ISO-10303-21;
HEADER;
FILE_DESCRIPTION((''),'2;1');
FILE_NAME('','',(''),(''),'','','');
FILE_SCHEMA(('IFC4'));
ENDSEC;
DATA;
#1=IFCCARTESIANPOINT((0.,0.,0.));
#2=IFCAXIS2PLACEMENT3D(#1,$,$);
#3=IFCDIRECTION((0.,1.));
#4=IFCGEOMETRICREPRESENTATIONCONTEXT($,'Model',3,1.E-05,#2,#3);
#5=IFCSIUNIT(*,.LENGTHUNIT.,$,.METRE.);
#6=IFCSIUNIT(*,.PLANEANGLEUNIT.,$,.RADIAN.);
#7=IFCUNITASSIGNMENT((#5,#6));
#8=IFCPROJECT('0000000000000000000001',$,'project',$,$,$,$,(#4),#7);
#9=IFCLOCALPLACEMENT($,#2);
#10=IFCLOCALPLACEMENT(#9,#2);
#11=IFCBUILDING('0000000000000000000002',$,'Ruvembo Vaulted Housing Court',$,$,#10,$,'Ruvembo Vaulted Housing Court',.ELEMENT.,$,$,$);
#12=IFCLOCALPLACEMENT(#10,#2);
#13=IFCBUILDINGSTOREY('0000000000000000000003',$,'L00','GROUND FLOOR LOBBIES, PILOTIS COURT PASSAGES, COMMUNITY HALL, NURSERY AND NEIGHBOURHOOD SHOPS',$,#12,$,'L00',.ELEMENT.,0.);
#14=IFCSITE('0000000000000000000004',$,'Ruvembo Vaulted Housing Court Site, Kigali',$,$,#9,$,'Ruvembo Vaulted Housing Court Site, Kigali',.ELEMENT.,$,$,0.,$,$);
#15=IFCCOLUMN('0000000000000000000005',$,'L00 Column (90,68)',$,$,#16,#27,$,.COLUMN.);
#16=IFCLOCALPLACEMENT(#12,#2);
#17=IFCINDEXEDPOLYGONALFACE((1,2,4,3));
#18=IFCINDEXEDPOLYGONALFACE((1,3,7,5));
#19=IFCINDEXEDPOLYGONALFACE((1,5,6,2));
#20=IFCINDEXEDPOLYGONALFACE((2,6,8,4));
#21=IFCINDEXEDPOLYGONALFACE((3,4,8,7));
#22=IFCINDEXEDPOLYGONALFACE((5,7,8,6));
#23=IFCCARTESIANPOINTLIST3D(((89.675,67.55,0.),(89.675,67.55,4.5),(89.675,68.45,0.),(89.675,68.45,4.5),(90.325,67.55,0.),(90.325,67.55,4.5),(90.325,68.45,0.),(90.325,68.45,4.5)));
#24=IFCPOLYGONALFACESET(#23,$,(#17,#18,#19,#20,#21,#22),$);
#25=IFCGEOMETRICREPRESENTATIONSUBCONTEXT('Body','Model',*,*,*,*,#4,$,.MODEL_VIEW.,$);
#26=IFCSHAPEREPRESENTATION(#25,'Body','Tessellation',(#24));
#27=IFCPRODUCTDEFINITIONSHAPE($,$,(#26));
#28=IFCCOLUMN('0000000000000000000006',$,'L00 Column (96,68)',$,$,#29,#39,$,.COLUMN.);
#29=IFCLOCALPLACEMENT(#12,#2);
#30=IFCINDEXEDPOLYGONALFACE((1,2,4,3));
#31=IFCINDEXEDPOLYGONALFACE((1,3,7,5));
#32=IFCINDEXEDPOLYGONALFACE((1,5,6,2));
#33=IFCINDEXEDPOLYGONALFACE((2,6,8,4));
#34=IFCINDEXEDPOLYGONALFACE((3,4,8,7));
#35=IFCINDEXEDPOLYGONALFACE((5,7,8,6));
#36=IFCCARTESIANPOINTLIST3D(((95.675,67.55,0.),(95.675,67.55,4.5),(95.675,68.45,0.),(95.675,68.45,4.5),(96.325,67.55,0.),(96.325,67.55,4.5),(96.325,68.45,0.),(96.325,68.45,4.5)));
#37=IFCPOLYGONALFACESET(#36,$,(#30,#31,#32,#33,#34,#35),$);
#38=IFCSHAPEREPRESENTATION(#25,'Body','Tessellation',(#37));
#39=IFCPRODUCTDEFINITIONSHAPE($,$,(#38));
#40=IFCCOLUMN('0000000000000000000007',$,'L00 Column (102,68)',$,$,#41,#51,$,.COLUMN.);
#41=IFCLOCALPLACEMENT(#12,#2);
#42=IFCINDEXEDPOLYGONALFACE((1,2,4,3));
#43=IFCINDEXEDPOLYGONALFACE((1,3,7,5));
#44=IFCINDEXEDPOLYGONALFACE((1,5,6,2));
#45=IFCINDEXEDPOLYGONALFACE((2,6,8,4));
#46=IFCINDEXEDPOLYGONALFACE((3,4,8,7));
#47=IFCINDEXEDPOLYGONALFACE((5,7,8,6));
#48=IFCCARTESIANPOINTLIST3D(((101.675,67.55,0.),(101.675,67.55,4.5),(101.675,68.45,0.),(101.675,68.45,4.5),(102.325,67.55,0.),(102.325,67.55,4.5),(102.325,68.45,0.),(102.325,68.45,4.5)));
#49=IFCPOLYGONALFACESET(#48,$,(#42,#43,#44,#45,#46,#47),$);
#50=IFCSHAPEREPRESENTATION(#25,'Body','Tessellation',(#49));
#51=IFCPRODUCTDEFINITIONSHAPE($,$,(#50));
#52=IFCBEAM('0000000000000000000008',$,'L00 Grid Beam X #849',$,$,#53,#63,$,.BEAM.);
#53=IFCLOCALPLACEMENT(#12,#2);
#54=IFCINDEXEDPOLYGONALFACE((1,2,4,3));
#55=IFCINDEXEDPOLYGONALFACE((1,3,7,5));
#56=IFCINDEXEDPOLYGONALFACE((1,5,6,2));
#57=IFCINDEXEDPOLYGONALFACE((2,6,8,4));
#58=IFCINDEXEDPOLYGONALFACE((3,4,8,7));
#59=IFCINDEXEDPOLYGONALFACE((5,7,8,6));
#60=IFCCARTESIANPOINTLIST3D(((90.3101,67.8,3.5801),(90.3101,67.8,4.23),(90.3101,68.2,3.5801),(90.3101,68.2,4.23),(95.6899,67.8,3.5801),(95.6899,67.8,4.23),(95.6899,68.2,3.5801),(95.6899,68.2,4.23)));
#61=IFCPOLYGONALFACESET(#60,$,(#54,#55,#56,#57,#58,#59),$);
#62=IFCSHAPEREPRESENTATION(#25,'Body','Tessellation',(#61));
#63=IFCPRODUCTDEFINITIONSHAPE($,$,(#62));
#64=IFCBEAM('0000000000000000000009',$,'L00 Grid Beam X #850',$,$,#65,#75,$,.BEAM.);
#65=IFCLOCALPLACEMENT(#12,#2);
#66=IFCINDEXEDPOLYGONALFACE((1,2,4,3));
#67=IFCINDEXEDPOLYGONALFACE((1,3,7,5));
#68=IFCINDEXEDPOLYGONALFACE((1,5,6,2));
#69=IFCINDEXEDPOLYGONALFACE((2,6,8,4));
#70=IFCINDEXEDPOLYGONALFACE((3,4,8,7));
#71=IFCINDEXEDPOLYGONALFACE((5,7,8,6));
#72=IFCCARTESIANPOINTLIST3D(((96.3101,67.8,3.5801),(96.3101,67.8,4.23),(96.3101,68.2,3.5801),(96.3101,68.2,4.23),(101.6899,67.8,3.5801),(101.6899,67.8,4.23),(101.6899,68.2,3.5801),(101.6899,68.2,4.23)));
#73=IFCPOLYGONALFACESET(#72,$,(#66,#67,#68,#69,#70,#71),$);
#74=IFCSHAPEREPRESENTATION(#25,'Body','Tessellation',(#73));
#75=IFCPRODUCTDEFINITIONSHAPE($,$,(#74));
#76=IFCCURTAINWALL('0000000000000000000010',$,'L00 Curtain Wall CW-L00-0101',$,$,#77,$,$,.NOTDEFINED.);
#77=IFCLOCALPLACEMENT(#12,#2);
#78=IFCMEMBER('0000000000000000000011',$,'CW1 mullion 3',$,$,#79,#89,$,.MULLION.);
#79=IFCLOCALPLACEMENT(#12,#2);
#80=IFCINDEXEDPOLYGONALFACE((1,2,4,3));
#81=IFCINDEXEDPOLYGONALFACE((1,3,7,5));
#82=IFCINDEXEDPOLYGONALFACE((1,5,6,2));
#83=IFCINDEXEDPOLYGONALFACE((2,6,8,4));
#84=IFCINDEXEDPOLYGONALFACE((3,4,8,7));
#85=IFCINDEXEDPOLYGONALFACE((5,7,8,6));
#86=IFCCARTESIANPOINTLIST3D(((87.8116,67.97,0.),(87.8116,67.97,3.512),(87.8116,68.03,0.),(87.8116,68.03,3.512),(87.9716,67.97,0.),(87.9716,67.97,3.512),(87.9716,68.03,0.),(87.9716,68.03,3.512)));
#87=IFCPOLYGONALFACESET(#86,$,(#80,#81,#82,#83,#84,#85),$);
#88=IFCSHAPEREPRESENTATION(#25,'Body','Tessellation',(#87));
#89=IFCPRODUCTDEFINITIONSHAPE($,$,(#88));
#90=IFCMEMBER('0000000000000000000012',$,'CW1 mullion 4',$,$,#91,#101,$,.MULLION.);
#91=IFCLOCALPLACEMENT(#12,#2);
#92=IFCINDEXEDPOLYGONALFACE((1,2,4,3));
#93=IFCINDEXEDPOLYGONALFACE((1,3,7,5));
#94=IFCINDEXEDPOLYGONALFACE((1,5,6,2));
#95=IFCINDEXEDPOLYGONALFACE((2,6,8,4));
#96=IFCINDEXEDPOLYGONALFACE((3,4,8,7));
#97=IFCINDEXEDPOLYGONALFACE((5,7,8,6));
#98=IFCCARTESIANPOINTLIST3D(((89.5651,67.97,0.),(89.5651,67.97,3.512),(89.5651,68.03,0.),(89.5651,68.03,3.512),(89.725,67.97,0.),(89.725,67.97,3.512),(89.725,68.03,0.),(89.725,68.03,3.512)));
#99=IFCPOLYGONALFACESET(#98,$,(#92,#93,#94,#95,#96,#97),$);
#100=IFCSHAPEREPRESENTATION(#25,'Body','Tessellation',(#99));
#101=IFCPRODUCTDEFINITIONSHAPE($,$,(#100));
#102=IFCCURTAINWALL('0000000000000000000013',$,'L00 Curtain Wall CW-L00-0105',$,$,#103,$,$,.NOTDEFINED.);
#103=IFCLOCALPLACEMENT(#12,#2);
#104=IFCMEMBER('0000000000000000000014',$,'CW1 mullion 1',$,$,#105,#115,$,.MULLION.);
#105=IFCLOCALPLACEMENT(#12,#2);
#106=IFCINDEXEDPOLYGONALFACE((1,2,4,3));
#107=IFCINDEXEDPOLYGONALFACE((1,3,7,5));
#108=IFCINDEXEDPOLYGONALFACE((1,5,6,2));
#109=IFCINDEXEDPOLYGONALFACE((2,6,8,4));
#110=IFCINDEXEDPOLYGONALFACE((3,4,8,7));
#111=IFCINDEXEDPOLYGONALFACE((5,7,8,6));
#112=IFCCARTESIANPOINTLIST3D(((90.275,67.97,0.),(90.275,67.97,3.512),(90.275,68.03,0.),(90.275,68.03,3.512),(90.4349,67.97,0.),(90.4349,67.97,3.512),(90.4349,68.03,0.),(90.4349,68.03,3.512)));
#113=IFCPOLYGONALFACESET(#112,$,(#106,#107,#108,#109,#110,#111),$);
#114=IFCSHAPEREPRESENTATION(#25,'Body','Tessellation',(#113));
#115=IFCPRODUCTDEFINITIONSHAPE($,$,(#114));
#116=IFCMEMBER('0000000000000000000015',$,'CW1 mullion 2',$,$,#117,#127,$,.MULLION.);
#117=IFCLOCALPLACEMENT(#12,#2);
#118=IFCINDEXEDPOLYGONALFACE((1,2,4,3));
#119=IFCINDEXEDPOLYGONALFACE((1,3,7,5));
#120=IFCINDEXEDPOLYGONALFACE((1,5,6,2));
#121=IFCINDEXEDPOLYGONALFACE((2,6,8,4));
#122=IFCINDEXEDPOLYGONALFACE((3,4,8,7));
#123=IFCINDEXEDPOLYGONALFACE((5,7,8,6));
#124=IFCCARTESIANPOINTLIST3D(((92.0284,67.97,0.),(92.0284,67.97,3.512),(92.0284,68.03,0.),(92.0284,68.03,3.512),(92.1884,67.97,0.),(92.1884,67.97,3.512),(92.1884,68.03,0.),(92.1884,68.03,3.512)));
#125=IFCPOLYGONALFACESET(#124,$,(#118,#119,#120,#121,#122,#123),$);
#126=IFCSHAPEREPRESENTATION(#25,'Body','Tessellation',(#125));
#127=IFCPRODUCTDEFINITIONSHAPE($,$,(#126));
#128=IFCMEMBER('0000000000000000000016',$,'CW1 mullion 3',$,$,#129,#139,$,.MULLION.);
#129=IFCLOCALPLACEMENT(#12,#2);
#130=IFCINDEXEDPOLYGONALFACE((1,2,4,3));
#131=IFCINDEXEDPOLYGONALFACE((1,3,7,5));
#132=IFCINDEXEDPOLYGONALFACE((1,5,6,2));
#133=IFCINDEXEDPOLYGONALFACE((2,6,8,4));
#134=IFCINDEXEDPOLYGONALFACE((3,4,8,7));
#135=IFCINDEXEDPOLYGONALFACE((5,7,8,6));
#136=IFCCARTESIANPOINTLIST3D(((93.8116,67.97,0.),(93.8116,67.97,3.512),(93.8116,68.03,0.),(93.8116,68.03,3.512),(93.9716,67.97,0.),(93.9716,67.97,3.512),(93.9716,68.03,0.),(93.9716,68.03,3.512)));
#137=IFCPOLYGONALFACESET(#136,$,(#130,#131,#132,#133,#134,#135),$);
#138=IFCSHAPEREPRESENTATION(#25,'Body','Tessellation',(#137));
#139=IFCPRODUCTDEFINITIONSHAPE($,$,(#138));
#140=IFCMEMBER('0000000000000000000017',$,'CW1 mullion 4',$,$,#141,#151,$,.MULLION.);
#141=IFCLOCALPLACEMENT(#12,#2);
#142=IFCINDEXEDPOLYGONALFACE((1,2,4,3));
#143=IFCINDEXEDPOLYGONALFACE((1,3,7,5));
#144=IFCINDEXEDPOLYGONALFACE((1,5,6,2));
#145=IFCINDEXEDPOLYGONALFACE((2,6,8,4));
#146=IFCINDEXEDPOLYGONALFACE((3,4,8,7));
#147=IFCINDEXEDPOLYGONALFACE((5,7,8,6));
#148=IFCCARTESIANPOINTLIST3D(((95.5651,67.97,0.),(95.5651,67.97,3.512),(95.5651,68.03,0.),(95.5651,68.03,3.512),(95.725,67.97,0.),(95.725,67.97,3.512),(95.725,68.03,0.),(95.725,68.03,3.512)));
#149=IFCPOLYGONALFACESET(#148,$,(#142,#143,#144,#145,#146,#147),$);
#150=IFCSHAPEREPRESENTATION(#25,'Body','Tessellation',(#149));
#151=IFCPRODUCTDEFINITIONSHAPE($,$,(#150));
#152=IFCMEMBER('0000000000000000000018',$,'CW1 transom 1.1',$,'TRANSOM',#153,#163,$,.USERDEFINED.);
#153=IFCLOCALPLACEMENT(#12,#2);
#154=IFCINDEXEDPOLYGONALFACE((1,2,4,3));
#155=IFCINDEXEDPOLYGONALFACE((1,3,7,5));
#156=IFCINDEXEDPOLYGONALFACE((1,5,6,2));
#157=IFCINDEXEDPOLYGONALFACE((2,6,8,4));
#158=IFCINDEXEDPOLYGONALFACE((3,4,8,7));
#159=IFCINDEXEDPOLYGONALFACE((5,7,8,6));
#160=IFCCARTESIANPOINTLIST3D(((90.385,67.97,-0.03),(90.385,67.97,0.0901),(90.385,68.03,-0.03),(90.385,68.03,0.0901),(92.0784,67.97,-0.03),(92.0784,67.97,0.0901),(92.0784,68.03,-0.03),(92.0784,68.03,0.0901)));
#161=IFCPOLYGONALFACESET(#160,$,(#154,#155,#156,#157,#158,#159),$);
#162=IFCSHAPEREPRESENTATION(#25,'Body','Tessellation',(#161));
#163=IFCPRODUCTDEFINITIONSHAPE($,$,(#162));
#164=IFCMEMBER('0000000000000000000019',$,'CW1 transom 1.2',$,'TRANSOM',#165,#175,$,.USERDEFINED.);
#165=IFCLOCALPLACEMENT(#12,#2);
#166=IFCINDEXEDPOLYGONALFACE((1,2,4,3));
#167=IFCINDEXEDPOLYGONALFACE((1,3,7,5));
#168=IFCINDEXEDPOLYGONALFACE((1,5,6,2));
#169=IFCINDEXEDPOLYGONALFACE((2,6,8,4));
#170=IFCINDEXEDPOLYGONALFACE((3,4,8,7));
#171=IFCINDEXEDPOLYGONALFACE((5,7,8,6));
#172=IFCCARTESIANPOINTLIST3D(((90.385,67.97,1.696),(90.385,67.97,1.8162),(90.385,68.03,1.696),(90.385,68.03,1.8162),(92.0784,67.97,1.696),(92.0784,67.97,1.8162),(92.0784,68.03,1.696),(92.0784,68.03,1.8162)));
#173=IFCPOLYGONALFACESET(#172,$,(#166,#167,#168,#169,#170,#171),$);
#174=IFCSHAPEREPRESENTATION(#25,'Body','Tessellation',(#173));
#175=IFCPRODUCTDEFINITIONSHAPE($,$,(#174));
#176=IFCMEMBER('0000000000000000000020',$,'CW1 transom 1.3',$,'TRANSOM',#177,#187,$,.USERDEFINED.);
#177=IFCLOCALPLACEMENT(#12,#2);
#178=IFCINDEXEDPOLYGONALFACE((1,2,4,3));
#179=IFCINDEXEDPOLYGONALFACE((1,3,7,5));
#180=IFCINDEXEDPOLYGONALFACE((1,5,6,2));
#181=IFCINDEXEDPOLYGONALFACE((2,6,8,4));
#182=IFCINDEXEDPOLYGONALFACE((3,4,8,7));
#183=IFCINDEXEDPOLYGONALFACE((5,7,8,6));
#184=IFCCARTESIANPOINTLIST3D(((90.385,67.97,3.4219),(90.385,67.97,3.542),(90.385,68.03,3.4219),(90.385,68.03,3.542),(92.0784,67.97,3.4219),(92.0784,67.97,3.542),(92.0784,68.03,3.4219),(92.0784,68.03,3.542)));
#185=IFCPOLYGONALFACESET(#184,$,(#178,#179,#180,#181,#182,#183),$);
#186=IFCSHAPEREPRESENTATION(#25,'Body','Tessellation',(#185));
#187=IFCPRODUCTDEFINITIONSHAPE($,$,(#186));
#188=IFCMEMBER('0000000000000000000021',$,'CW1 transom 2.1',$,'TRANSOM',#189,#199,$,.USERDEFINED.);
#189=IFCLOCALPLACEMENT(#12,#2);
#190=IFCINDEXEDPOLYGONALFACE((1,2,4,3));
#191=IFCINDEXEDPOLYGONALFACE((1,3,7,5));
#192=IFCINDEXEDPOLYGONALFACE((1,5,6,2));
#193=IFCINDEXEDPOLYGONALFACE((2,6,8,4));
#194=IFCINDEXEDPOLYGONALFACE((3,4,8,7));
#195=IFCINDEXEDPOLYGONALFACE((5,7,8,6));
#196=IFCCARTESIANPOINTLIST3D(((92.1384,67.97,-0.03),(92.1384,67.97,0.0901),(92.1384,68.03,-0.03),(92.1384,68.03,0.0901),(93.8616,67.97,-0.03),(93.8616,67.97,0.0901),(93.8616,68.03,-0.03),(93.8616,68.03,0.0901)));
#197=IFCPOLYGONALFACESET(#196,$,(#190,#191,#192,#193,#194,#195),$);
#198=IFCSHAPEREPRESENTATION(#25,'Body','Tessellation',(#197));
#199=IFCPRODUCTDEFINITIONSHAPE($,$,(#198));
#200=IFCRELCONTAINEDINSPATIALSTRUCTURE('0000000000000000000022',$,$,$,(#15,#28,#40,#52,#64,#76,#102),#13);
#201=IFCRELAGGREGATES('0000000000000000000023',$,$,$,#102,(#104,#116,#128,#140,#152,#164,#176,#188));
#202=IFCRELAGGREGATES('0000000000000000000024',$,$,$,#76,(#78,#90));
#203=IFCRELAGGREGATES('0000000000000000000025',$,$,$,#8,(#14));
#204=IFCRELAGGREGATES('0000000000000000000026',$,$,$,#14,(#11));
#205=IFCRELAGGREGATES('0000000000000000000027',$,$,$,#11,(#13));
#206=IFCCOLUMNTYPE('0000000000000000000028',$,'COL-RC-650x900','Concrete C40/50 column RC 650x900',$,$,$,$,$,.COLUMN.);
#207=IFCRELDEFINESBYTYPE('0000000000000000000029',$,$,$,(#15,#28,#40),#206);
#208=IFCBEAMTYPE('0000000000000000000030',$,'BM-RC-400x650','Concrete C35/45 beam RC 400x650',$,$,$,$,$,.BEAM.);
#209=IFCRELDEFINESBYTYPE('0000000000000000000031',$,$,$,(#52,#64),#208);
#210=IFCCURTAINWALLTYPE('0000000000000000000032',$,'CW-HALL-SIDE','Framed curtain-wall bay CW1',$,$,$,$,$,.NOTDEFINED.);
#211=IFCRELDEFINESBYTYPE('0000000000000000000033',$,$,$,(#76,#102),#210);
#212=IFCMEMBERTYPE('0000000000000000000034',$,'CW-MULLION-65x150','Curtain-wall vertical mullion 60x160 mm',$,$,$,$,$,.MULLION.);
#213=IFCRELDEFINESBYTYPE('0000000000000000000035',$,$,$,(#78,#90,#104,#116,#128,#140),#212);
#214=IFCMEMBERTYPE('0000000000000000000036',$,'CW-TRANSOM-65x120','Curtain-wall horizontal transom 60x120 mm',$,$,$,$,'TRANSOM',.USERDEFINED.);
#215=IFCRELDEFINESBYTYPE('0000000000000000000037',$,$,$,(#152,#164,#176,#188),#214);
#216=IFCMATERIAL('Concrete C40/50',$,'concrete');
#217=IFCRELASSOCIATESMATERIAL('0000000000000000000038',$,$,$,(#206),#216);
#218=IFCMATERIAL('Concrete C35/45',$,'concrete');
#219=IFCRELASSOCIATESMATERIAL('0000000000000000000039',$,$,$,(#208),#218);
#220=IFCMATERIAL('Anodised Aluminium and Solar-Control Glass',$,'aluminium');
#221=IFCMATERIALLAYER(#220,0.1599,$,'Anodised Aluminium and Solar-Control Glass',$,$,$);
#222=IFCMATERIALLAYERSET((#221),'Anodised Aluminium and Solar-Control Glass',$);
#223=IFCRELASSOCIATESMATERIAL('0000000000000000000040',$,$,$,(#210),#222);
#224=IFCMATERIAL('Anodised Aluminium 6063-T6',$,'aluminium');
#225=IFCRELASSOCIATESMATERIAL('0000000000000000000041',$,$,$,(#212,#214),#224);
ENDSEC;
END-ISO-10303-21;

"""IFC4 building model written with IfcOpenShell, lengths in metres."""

from ifc_helpers import new_model, si_unit, direction, frame, origin, origin_2d, place, context, subcontext, project, spatial, rectangle, extrude, material, layer, layer_set, material_profile, profile_set, type_object, element, aggregate, save


model = new_model("IFC4")

# Units and contexts
model_context = context("Model", 3, precision=1e-05, world=origin(), true_north=direction((0.0, 1.0)))
body_context = subcontext(model_context, "Body", "Model", "MODEL_VIEW")
ifc_project = project(units=[si_unit("LENGTHUNIT", "METRE"), si_unit("PLANEANGLEUNIT", "RADIAN")], contexts=[model_context])

# Site, building, storey
site_placement = place(None, origin())
site = spatial("IfcSite", under=ifc_project, at=site_placement, Name="Ruvembo Vaulted Housing Court Site, Kigali", LongName="Ruvembo Vaulted Housing Court Site, Kigali", CompositionType="ELEMENT", RefElevation=0.0)
building_placement = place(site_placement, origin())
building = spatial("IfcBuilding", under=site, at=building_placement, Name="Ruvembo Vaulted Housing Court", LongName="Ruvembo Vaulted Housing Court", CompositionType="ELEMENT")
storey_placement = place(building_placement, origin())
storey = spatial("IfcBuildingStorey", under=building, at=storey_placement, Name="L00", Description="GROUND FLOOR LOBBIES, PILOTIS COURT PASSAGES, COMMUNITY HALL, NURSERY AND NEIGHBOURHOOD SHOPS", LongName="L00", CompositionType="ELEMENT", Elevation=0.0)

# Columns
ifc_material_1 = material(Name="Concrete C40/50", Category="concrete")
ifc_material_profile_1 = material_profile(ifc_material_1, rectangle(XDim=0.6499, YDim=0.8999, at=origin_2d()), Name="RC 650x900")
ifc_profile_set_1 = profile_set([ifc_material_profile_1], Name="Concrete C40/50")
column_type = type_object("IfcColumnType", Name="COL-RC-650x900", Description="Concrete C40/50 column RC 650x900", PredefinedType="COLUMN", material=ifc_profile_set_1)
for number, where, z_axis, x_axis, name in (
    (1, (90.0, 68.0, 0.0), (0.0, 0.0, 1.0), (1.0, 0.0, 0.0), "L00 Column (90,68)"),
    (2, (96.0, 68.0, 0.0), (0.0, 0.0, 1.0), (1.0, 0.0, 0.0), "L00 Column (96,68)"),
    (3, (102.0, 68.0, 0.0), (0.0, 0.0, 1.0), (1.0, 0.0, 0.0), "L00 Column (102,68)"),
):
    element("IfcColumn", number, at=place(storey_placement, frame(where, z_axis=z_axis, x_axis=x_axis)), inside=storey, type_object=column_type, Name=name, PredefinedType="COLUMN", context=body_context, shape_type="SweptSolid", body=[
        extrude(rectangle(XDim=0.6499, YDim=0.8999, at=origin_2d()), origin(), (0.0, 0.0, 1.0), 4.5),
    ])

# Beams
ifc_material_2 = material(Name="Concrete C35/45", Category="concrete")
ifc_material_profile_2 = material_profile(ifc_material_2, rectangle(XDim=0.3999, YDim=0.6499, at=origin_2d()), Name="RC 400x650")
ifc_profile_set_2 = profile_set([ifc_material_profile_2], Name="Concrete C35/45")
beam_type = type_object("IfcBeamType", Name="BM-RC-400x650", Description="Concrete C35/45 beam RC 400x650", PredefinedType="BEAM", material=ifc_profile_set_2)
for number, where, z_axis, x_axis, name in (
    (4, (90.3101, 68.0, 3.905), (1.0, 0.0, 0.0), (0.0, 1.0, 0.0), "L00 Grid Beam X #849"),
    (5, (96.3101, 68.0, 3.905), (1.0, 0.0, 0.0), (0.0, 1.0, 0.0), "L00 Grid Beam X #850"),
):
    element("IfcBeam", number, at=place(storey_placement, frame(where, z_axis=z_axis, x_axis=x_axis)), inside=storey, type_object=beam_type, Name=name, PredefinedType="BEAM", context=body_context, shape_type="SweptSolid", body=[
        extrude(rectangle(XDim=0.3999, YDim=0.6499, at=origin_2d()), origin(), (0.0, 0.0, 1.0), 5.3799),
    ])

# Curtain walls, members
ifc_material_3 = material(Name="Anodised Aluminium and Solar-Control Glass", Category="aluminium")
ifc_layer_1 = layer(ifc_material_3, 0.1599, Name="Anodised Aluminium and Solar-Control Glass")
ifc_layer_set_1 = layer_set([ifc_layer_1], Name="Anodised Aluminium and Solar-Control Glass")
curtain_wall_type = type_object("IfcCurtainWallType", Name="CW-HALL-SIDE", Description="Framed curtain-wall bay CW1", PredefinedType="NOTDEFINED", material=ifc_layer_set_1)
curtain_wall_1_placement = place(storey_placement, origin())
curtain_wall_1 = element("IfcCurtainWall", 6, at=curtain_wall_1_placement, inside=storey, type_object=curtain_wall_type, Name="L00 Curtain Wall CW-L00-0101", PredefinedType="NOTDEFINED")
ifc_material_4 = material(Name="Anodised Aluminium 6063-T6", Category="aluminium")
ifc_material_profile_3 = material_profile(ifc_material_4, rectangle(XDim=0.0601, YDim=0.1599, at=origin_2d()), Name="ALU 60x160")
ifc_profile_set_3 = profile_set([ifc_material_profile_3], Name="Anodised Aluminium 6063-T6")
member_type_1 = type_object("IfcMemberType", Name="CW-MULLION-65x150", Description="Curtain-wall vertical mullion 60x160 mm", PredefinedType="MULLION", material=ifc_profile_set_3)
member_1_placement = place(storey_placement, frame((87.8916, 68.0, 0.0), z_axis=(0.0, 0.0, 1.0), x_axis=(0.0, 1.0, 0.0)))
member_1 = element("IfcMember", 7, at=member_1_placement, type_object=member_type_1, Name="CW1 mullion 3", PredefinedType="MULLION", context=body_context, shape_type="SweptSolid", body=[
    extrude(rectangle(XDim=0.0601, YDim=0.1599, at=origin_2d()), origin(), (0.0, 0.0, 1.0), 3.512),
])
member_2_placement = place(storey_placement, frame((89.645, 68.0, 0.0), z_axis=(0.0, 0.0, 1.0), x_axis=(0.0, 1.0, 0.0)))
member_2 = element("IfcMember", 8, at=member_2_placement, type_object=member_type_1, Name="CW1 mullion 4", PredefinedType="MULLION", context=body_context, shape_type="SweptSolid", body=[
    extrude(rectangle(XDim=0.0601, YDim=0.1599, at=origin_2d()), origin(), (0.0, 0.0, 1.0), 3.512),
])
curtain_wall_2_placement = place(storey_placement, origin())
curtain_wall_2 = element("IfcCurtainWall", 9, at=curtain_wall_2_placement, inside=storey, type_object=curtain_wall_type, Name="L00 Curtain Wall CW-L00-0105", PredefinedType="NOTDEFINED")
member_3_placement = place(storey_placement, frame((90.355, 68.0, 0.0), z_axis=(0.0, 0.0, 1.0), x_axis=(0.0, 1.0, 0.0)))
member_3 = element("IfcMember", 10, at=member_3_placement, type_object=member_type_1, Name="CW1 mullion 1", PredefinedType="MULLION", context=body_context, shape_type="SweptSolid", body=[
    extrude(rectangle(XDim=0.0601, YDim=0.1599, at=origin_2d()), origin(), (0.0, 0.0, 1.0), 3.512),
])
member_4_placement = place(storey_placement, frame((92.1084, 68.0, 0.0), z_axis=(0.0, 0.0, 1.0), x_axis=(0.0, 1.0, 0.0)))
member_4 = element("IfcMember", 11, at=member_4_placement, type_object=member_type_1, Name="CW1 mullion 2", PredefinedType="MULLION", context=body_context, shape_type="SweptSolid", body=[
    extrude(rectangle(XDim=0.0601, YDim=0.1599, at=origin_2d()), origin(), (0.0, 0.0, 1.0), 3.512),
])
member_5_placement = place(storey_placement, frame((93.8916, 68.0, 0.0), z_axis=(0.0, 0.0, 1.0), x_axis=(0.0, 1.0, 0.0)))
member_5 = element("IfcMember", 12, at=member_5_placement, type_object=member_type_1, Name="CW1 mullion 3", PredefinedType="MULLION", context=body_context, shape_type="SweptSolid", body=[
    extrude(rectangle(XDim=0.0601, YDim=0.1599, at=origin_2d()), origin(), (0.0, 0.0, 1.0), 3.512),
])
member_6_placement = place(storey_placement, frame((95.645, 68.0, 0.0), z_axis=(0.0, 0.0, 1.0), x_axis=(0.0, 1.0, 0.0)))
member_6 = element("IfcMember", 13, at=member_6_placement, type_object=member_type_1, Name="CW1 mullion 4", PredefinedType="MULLION", context=body_context, shape_type="SweptSolid", body=[
    extrude(rectangle(XDim=0.0601, YDim=0.1599, at=origin_2d()), origin(), (0.0, 0.0, 1.0), 3.512),
])
ifc_material_profile_4 = material_profile(ifc_material_4, rectangle(XDim=0.0601, YDim=0.1201, at=origin_2d()), Name="ALU 60x120")
ifc_profile_set_4 = profile_set([ifc_material_profile_4], Name="Anodised Aluminium 6063-T6")
member_type_2 = type_object("IfcMemberType", Name="CW-TRANSOM-65x120", Description="Curtain-wall horizontal transom 60x120 mm", ElementType="TRANSOM", PredefinedType="USERDEFINED", material=ifc_profile_set_4)
member_7_placement = place(storey_placement, frame((90.385, 68.0, 0.03), z_axis=(1.0, 0.0, 0.0), x_axis=(0.0, 1.0, 0.0)))
member_7 = element("IfcMember", 14, at=member_7_placement, type_object=member_type_2, Name="CW1 transom 1.1", ObjectType="TRANSOM", PredefinedType="USERDEFINED", context=body_context, shape_type="SweptSolid", body=[
    extrude(rectangle(XDim=0.0601, YDim=0.1201, at=origin_2d()), origin(), (0.0, 0.0, 1.0), 1.6934),
])
member_8_placement = place(storey_placement, frame((90.385, 68.0, 1.7561), z_axis=(1.0, 0.0, 0.0), x_axis=(0.0, 1.0, 0.0)))
member_8 = element("IfcMember", 15, at=member_8_placement, type_object=member_type_2, Name="CW1 transom 1.2", ObjectType="TRANSOM", PredefinedType="USERDEFINED", context=body_context, shape_type="SweptSolid", body=[
    extrude(rectangle(XDim=0.0601, YDim=0.1201, at=origin_2d()), origin(), (0.0, 0.0, 1.0), 1.6934),
])
member_9_placement = place(storey_placement, frame((90.385, 68.0, 3.4819), z_axis=(1.0, 0.0, 0.0), x_axis=(0.0, 1.0, 0.0)))
member_9 = element("IfcMember", 16, at=member_9_placement, type_object=member_type_2, Name="CW1 transom 1.3", ObjectType="TRANSOM", PredefinedType="USERDEFINED", context=body_context, shape_type="SweptSolid", body=[
    extrude(rectangle(XDim=0.0601, YDim=0.1201, at=origin_2d()), origin(), (0.0, 0.0, 1.0), 1.6934),
])
member_10_placement = place(storey_placement, frame((92.1384, 68.0, 0.03), z_axis=(1.0, 0.0, 0.0), x_axis=(0.0, 1.0, 0.0)))
member_10 = element("IfcMember", 17, at=member_10_placement, type_object=member_type_2, Name="CW1 transom 2.1", ObjectType="TRANSOM", PredefinedType="USERDEFINED", context=body_context, shape_type="SweptSolid", body=[
    extrude(rectangle(XDim=0.0601, YDim=0.1201, at=origin_2d()), origin(), (0.0, 0.0, 1.0), 1.7231),
])

aggregate(curtain_wall_2, [member_3, member_4, member_5, member_6, member_7, member_8, member_9, member_10])
aggregate(curtain_wall_1, [member_1, member_2])

save(model, "model.ifc")
